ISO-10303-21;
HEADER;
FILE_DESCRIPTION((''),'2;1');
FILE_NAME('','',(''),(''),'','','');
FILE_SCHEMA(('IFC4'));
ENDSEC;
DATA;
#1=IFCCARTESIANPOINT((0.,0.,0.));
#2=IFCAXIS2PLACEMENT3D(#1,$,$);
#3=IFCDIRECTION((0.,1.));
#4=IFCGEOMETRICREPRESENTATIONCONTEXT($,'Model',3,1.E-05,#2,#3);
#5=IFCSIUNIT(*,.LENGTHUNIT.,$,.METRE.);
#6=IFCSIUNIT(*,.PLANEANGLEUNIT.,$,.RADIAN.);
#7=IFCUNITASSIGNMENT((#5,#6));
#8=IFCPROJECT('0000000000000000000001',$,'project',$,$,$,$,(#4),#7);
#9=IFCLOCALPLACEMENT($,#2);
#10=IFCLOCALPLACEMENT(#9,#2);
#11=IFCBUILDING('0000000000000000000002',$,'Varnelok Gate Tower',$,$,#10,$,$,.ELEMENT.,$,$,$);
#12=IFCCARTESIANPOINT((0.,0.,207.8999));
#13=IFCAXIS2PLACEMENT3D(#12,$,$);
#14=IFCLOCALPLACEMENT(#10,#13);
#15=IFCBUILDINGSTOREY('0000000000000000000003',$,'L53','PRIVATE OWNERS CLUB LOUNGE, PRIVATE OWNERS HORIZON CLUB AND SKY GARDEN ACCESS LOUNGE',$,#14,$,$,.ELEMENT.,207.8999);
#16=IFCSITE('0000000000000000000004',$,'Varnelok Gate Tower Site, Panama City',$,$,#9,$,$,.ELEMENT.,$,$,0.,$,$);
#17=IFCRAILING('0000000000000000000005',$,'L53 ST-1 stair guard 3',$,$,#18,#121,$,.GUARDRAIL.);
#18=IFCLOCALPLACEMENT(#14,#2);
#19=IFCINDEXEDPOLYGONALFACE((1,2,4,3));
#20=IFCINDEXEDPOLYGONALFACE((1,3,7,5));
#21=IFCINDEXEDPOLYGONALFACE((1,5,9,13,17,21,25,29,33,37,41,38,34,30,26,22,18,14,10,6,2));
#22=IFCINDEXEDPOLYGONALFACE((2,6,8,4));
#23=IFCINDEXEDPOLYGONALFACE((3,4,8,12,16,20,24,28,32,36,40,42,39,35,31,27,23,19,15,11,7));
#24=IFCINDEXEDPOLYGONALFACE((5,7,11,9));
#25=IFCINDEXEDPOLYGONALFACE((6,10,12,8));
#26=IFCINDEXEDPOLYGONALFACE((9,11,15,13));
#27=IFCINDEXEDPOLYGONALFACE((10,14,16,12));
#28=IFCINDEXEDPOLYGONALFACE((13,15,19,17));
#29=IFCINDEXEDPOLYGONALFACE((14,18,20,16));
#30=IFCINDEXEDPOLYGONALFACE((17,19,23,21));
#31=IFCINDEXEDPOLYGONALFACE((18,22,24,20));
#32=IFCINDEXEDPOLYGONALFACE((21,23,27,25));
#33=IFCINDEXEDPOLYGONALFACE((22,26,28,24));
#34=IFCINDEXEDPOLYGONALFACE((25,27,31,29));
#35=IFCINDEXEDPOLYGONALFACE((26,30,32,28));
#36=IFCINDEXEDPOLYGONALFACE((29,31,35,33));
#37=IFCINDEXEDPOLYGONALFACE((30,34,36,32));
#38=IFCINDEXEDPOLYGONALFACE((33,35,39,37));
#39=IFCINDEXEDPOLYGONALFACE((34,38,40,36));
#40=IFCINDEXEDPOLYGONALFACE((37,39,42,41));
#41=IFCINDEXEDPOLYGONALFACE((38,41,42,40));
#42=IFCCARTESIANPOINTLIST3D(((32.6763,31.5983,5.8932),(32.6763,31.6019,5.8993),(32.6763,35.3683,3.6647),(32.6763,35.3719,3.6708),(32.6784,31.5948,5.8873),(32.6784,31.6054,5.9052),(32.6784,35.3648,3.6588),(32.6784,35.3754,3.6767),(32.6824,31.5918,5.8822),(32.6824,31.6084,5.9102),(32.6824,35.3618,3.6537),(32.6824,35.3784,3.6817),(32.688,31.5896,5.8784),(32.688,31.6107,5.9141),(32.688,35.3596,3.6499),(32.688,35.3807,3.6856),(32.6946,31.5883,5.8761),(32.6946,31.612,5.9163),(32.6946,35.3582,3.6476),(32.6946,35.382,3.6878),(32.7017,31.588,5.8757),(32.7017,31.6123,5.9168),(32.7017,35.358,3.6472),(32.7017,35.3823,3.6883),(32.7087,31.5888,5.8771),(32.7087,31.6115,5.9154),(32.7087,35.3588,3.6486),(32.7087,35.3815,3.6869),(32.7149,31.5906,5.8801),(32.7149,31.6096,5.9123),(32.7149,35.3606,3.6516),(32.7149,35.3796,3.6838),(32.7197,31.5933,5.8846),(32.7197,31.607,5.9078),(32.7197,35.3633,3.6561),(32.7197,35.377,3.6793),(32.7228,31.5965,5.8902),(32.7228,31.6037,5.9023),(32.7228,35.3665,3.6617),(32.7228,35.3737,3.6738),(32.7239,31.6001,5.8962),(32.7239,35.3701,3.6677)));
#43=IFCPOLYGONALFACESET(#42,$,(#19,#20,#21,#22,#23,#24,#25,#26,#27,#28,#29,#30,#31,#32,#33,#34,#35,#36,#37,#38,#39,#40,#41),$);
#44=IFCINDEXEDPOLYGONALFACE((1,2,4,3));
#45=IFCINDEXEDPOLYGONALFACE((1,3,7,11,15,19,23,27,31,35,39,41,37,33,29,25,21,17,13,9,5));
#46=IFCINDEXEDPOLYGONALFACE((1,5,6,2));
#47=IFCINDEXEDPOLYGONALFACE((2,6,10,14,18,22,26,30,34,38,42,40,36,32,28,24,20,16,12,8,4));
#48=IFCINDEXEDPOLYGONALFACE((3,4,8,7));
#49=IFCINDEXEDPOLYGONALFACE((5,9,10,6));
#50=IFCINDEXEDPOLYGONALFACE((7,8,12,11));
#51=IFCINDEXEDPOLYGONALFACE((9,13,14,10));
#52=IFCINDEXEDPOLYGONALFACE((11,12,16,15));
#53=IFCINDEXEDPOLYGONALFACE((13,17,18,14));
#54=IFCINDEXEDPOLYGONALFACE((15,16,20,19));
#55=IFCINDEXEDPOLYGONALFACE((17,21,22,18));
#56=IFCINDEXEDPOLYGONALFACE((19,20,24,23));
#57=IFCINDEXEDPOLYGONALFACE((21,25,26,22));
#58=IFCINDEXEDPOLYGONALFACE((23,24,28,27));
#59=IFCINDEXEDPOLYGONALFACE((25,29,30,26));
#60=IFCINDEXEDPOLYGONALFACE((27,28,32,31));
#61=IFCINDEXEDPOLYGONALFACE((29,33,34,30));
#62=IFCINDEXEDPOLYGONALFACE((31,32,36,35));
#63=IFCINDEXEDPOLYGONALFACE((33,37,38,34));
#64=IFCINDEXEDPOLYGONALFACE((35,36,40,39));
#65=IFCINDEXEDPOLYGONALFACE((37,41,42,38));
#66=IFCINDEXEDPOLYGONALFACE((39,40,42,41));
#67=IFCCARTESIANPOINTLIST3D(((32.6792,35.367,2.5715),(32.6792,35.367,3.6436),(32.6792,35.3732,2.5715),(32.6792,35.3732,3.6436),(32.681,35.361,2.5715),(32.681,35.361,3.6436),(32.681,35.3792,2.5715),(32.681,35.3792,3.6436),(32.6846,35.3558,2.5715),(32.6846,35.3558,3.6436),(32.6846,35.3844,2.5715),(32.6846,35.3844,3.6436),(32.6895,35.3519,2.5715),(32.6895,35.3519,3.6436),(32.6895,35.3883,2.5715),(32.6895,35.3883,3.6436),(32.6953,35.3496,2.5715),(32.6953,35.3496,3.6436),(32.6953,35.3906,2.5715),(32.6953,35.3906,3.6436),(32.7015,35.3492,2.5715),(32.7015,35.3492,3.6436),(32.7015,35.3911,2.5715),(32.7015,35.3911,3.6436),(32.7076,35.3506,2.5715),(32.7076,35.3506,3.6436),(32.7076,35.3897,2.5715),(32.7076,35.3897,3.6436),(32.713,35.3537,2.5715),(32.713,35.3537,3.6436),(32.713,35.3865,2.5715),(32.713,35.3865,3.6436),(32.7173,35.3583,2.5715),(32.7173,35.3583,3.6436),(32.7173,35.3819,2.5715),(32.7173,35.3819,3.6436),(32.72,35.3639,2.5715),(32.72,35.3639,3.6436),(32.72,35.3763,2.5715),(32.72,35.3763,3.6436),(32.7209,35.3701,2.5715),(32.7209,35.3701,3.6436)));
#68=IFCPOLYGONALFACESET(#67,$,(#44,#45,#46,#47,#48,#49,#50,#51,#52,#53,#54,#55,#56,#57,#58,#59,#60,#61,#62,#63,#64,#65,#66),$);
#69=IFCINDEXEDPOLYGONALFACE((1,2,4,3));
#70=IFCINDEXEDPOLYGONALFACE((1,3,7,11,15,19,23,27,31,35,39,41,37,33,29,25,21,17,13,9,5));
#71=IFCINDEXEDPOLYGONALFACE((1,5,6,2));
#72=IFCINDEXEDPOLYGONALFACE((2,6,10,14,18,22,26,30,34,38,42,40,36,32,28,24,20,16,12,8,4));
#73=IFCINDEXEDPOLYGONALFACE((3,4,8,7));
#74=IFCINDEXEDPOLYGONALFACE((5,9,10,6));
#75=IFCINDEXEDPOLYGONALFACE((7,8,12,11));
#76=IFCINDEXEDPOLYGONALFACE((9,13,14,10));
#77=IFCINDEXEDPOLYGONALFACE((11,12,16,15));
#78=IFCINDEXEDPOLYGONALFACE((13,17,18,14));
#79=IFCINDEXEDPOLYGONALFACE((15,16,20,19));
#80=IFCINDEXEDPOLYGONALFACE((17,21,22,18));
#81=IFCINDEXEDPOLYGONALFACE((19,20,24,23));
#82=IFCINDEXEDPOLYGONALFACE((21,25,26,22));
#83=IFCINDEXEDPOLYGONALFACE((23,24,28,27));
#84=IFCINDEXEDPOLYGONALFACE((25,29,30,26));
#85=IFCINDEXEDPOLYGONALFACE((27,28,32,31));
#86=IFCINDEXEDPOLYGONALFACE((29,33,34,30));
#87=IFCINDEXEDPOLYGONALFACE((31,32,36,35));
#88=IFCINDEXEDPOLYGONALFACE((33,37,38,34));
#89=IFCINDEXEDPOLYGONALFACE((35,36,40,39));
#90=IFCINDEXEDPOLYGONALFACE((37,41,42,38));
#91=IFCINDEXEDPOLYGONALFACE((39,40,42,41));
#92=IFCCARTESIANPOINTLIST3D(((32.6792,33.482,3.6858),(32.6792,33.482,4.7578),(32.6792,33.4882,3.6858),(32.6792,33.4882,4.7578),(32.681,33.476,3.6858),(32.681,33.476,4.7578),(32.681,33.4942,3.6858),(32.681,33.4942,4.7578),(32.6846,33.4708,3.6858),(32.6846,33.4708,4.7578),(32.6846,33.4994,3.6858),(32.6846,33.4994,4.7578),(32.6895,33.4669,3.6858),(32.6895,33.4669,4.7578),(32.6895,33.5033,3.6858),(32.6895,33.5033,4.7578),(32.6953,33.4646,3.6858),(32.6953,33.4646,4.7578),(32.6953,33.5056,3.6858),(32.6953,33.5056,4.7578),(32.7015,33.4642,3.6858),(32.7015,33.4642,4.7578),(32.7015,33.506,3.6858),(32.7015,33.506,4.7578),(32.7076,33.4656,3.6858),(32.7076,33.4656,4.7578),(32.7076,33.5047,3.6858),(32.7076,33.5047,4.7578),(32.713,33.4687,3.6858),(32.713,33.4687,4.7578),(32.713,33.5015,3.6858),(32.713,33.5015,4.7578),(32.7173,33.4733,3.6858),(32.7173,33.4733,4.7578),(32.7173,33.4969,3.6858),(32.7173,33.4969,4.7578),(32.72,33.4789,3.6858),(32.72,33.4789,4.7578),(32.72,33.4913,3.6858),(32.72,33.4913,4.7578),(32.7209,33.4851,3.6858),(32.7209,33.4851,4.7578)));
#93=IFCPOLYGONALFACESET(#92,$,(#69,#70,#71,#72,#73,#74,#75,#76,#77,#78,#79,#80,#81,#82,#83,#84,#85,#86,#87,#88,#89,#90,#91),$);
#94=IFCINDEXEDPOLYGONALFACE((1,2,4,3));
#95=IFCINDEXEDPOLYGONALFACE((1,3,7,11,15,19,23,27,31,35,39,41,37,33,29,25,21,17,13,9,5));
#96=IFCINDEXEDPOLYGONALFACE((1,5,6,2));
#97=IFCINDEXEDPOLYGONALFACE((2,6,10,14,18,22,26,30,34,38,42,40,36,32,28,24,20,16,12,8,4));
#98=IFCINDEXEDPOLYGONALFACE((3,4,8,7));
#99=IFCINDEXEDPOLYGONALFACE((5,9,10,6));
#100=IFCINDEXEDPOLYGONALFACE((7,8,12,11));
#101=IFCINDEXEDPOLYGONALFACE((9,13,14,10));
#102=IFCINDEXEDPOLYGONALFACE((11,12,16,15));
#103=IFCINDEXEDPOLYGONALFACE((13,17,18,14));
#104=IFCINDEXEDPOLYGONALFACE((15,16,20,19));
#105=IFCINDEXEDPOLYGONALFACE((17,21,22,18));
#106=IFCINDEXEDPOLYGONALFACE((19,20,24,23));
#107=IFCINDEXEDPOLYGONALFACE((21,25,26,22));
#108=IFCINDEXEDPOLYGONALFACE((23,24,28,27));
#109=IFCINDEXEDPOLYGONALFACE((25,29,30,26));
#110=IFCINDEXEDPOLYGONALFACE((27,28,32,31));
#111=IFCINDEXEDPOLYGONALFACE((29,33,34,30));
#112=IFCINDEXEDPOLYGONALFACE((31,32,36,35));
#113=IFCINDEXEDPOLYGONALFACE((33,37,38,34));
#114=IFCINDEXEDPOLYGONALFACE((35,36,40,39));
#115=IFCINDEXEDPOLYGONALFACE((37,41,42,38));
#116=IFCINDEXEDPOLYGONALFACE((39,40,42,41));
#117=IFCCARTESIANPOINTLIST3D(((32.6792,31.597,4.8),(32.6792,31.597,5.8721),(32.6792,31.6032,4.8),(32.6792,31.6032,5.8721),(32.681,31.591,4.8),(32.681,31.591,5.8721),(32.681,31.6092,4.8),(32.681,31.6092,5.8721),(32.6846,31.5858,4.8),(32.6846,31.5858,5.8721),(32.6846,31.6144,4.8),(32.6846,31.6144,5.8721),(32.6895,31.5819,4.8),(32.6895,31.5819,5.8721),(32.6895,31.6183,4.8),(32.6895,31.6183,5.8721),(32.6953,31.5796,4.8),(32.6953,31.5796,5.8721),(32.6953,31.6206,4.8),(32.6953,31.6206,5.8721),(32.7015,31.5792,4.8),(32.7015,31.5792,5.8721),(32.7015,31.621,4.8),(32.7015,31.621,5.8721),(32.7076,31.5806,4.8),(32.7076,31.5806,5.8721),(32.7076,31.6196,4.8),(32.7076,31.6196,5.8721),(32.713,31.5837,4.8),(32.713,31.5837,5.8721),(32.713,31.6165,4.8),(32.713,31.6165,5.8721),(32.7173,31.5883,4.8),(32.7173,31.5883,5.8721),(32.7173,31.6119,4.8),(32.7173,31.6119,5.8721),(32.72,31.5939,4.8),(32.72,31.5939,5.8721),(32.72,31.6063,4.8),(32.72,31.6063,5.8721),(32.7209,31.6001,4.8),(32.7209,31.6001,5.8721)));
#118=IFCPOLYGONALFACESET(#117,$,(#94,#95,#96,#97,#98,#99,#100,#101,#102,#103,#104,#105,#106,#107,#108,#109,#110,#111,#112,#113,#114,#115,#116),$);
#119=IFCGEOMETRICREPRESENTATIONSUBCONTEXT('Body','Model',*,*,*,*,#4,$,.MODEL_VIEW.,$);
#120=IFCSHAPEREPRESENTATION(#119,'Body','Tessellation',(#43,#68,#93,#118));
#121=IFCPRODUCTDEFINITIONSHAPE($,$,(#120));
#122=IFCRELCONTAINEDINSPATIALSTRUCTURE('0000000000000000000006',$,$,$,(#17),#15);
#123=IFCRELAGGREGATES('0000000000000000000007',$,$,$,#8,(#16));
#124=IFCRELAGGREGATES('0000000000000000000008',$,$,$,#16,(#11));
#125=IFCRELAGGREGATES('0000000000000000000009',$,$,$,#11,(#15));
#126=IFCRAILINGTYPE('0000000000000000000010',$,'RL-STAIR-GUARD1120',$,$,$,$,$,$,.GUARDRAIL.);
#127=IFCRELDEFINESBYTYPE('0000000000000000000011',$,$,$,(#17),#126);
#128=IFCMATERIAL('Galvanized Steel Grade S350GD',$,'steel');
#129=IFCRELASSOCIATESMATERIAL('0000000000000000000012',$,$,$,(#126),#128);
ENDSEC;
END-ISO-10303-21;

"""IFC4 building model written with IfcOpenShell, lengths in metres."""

from ifc_helpers import new_model, si_unit, direction, frame, origin, origin_2d, place, context, subcontext, project, spatial, circle, extrude, material, type_object, element, save


model = new_model("IFC4")

# Units and contexts
model_context = context("Model", 3, precision=1e-05, world=origin(), true_north=direction((0.0, 1.0)))
body_context = subcontext(model_context, "Body", "Model", "MODEL_VIEW")
ifc_project = project(units=[si_unit("LENGTHUNIT", "METRE"), si_unit("PLANEANGLEUNIT", "RADIAN")], contexts=[model_context])

# Site, building, storey
site_placement = place(None, origin())
site = spatial("IfcSite", under=ifc_project, at=site_placement, Name="Varnelok Gate Tower Site, Panama City", CompositionType="ELEMENT", RefElevation=0.0)
building_placement = place(site_placement, origin())
building = spatial("IfcBuilding", under=site, at=building_placement, Name="Varnelok Gate Tower", CompositionType="ELEMENT")
storey_placement = place(building_placement, frame((0.0, 0.0, 207.8999)))
storey = spatial("IfcBuildingStorey", under=building, at=storey_placement, Name="L53", Description="PRIVATE OWNERS CLUB LOUNGE, PRIVATE OWNERS HORIZON CLUB AND SKY GARDEN ACCESS LOUNGE", CompositionType="ELEMENT", Elevation=207.8999)

# Shared definitions
ifc_material_1 = material(Name="Galvanized Steel Grade S350GD", Category="steel")

# Railing
railing_type_1 = type_object("IfcRailingType", Name="RL-STAIR-GUARD1120", PredefinedType="GUARDRAIL", material=ifc_material_1)
railing_1_placement = place(storey_placement, frame((32.7, 35.3701, 2.5715)))
element("IfcRailing", 1, at=railing_1_placement, inside=storey, type_object=railing_type_1, Name="L53 ST-1 stair guard 3", PredefinedType="GUARDRAIL", context=body_context, shape_type="SweptSolid", body=[
    extrude(circle(Radius=0.0239, at=origin_2d()), frame((0.0, 0.0, 1.0962), z_axis=(0.0, -0.860849, 0.508861), x_axis=(1.0, 0.0, 0.0)), (0.0, 0.0, 1.0), 4.3794),
    extrude(circle(Radius=0.021, at=origin_2d()), origin(), (0.0, 0.0, 1.0), 1.072),
    extrude(circle(Radius=0.021, at=origin_2d()), frame((0.0, -1.885, 1.1143)), (0.0, 0.0, 1.0), 1.072),
    extrude(circle(Radius=0.021, at=origin_2d()), frame((0.0, -3.77, 2.2285)), (0.0, 0.0, 1.0), 1.072),
])

save(model, "model.ifc")
